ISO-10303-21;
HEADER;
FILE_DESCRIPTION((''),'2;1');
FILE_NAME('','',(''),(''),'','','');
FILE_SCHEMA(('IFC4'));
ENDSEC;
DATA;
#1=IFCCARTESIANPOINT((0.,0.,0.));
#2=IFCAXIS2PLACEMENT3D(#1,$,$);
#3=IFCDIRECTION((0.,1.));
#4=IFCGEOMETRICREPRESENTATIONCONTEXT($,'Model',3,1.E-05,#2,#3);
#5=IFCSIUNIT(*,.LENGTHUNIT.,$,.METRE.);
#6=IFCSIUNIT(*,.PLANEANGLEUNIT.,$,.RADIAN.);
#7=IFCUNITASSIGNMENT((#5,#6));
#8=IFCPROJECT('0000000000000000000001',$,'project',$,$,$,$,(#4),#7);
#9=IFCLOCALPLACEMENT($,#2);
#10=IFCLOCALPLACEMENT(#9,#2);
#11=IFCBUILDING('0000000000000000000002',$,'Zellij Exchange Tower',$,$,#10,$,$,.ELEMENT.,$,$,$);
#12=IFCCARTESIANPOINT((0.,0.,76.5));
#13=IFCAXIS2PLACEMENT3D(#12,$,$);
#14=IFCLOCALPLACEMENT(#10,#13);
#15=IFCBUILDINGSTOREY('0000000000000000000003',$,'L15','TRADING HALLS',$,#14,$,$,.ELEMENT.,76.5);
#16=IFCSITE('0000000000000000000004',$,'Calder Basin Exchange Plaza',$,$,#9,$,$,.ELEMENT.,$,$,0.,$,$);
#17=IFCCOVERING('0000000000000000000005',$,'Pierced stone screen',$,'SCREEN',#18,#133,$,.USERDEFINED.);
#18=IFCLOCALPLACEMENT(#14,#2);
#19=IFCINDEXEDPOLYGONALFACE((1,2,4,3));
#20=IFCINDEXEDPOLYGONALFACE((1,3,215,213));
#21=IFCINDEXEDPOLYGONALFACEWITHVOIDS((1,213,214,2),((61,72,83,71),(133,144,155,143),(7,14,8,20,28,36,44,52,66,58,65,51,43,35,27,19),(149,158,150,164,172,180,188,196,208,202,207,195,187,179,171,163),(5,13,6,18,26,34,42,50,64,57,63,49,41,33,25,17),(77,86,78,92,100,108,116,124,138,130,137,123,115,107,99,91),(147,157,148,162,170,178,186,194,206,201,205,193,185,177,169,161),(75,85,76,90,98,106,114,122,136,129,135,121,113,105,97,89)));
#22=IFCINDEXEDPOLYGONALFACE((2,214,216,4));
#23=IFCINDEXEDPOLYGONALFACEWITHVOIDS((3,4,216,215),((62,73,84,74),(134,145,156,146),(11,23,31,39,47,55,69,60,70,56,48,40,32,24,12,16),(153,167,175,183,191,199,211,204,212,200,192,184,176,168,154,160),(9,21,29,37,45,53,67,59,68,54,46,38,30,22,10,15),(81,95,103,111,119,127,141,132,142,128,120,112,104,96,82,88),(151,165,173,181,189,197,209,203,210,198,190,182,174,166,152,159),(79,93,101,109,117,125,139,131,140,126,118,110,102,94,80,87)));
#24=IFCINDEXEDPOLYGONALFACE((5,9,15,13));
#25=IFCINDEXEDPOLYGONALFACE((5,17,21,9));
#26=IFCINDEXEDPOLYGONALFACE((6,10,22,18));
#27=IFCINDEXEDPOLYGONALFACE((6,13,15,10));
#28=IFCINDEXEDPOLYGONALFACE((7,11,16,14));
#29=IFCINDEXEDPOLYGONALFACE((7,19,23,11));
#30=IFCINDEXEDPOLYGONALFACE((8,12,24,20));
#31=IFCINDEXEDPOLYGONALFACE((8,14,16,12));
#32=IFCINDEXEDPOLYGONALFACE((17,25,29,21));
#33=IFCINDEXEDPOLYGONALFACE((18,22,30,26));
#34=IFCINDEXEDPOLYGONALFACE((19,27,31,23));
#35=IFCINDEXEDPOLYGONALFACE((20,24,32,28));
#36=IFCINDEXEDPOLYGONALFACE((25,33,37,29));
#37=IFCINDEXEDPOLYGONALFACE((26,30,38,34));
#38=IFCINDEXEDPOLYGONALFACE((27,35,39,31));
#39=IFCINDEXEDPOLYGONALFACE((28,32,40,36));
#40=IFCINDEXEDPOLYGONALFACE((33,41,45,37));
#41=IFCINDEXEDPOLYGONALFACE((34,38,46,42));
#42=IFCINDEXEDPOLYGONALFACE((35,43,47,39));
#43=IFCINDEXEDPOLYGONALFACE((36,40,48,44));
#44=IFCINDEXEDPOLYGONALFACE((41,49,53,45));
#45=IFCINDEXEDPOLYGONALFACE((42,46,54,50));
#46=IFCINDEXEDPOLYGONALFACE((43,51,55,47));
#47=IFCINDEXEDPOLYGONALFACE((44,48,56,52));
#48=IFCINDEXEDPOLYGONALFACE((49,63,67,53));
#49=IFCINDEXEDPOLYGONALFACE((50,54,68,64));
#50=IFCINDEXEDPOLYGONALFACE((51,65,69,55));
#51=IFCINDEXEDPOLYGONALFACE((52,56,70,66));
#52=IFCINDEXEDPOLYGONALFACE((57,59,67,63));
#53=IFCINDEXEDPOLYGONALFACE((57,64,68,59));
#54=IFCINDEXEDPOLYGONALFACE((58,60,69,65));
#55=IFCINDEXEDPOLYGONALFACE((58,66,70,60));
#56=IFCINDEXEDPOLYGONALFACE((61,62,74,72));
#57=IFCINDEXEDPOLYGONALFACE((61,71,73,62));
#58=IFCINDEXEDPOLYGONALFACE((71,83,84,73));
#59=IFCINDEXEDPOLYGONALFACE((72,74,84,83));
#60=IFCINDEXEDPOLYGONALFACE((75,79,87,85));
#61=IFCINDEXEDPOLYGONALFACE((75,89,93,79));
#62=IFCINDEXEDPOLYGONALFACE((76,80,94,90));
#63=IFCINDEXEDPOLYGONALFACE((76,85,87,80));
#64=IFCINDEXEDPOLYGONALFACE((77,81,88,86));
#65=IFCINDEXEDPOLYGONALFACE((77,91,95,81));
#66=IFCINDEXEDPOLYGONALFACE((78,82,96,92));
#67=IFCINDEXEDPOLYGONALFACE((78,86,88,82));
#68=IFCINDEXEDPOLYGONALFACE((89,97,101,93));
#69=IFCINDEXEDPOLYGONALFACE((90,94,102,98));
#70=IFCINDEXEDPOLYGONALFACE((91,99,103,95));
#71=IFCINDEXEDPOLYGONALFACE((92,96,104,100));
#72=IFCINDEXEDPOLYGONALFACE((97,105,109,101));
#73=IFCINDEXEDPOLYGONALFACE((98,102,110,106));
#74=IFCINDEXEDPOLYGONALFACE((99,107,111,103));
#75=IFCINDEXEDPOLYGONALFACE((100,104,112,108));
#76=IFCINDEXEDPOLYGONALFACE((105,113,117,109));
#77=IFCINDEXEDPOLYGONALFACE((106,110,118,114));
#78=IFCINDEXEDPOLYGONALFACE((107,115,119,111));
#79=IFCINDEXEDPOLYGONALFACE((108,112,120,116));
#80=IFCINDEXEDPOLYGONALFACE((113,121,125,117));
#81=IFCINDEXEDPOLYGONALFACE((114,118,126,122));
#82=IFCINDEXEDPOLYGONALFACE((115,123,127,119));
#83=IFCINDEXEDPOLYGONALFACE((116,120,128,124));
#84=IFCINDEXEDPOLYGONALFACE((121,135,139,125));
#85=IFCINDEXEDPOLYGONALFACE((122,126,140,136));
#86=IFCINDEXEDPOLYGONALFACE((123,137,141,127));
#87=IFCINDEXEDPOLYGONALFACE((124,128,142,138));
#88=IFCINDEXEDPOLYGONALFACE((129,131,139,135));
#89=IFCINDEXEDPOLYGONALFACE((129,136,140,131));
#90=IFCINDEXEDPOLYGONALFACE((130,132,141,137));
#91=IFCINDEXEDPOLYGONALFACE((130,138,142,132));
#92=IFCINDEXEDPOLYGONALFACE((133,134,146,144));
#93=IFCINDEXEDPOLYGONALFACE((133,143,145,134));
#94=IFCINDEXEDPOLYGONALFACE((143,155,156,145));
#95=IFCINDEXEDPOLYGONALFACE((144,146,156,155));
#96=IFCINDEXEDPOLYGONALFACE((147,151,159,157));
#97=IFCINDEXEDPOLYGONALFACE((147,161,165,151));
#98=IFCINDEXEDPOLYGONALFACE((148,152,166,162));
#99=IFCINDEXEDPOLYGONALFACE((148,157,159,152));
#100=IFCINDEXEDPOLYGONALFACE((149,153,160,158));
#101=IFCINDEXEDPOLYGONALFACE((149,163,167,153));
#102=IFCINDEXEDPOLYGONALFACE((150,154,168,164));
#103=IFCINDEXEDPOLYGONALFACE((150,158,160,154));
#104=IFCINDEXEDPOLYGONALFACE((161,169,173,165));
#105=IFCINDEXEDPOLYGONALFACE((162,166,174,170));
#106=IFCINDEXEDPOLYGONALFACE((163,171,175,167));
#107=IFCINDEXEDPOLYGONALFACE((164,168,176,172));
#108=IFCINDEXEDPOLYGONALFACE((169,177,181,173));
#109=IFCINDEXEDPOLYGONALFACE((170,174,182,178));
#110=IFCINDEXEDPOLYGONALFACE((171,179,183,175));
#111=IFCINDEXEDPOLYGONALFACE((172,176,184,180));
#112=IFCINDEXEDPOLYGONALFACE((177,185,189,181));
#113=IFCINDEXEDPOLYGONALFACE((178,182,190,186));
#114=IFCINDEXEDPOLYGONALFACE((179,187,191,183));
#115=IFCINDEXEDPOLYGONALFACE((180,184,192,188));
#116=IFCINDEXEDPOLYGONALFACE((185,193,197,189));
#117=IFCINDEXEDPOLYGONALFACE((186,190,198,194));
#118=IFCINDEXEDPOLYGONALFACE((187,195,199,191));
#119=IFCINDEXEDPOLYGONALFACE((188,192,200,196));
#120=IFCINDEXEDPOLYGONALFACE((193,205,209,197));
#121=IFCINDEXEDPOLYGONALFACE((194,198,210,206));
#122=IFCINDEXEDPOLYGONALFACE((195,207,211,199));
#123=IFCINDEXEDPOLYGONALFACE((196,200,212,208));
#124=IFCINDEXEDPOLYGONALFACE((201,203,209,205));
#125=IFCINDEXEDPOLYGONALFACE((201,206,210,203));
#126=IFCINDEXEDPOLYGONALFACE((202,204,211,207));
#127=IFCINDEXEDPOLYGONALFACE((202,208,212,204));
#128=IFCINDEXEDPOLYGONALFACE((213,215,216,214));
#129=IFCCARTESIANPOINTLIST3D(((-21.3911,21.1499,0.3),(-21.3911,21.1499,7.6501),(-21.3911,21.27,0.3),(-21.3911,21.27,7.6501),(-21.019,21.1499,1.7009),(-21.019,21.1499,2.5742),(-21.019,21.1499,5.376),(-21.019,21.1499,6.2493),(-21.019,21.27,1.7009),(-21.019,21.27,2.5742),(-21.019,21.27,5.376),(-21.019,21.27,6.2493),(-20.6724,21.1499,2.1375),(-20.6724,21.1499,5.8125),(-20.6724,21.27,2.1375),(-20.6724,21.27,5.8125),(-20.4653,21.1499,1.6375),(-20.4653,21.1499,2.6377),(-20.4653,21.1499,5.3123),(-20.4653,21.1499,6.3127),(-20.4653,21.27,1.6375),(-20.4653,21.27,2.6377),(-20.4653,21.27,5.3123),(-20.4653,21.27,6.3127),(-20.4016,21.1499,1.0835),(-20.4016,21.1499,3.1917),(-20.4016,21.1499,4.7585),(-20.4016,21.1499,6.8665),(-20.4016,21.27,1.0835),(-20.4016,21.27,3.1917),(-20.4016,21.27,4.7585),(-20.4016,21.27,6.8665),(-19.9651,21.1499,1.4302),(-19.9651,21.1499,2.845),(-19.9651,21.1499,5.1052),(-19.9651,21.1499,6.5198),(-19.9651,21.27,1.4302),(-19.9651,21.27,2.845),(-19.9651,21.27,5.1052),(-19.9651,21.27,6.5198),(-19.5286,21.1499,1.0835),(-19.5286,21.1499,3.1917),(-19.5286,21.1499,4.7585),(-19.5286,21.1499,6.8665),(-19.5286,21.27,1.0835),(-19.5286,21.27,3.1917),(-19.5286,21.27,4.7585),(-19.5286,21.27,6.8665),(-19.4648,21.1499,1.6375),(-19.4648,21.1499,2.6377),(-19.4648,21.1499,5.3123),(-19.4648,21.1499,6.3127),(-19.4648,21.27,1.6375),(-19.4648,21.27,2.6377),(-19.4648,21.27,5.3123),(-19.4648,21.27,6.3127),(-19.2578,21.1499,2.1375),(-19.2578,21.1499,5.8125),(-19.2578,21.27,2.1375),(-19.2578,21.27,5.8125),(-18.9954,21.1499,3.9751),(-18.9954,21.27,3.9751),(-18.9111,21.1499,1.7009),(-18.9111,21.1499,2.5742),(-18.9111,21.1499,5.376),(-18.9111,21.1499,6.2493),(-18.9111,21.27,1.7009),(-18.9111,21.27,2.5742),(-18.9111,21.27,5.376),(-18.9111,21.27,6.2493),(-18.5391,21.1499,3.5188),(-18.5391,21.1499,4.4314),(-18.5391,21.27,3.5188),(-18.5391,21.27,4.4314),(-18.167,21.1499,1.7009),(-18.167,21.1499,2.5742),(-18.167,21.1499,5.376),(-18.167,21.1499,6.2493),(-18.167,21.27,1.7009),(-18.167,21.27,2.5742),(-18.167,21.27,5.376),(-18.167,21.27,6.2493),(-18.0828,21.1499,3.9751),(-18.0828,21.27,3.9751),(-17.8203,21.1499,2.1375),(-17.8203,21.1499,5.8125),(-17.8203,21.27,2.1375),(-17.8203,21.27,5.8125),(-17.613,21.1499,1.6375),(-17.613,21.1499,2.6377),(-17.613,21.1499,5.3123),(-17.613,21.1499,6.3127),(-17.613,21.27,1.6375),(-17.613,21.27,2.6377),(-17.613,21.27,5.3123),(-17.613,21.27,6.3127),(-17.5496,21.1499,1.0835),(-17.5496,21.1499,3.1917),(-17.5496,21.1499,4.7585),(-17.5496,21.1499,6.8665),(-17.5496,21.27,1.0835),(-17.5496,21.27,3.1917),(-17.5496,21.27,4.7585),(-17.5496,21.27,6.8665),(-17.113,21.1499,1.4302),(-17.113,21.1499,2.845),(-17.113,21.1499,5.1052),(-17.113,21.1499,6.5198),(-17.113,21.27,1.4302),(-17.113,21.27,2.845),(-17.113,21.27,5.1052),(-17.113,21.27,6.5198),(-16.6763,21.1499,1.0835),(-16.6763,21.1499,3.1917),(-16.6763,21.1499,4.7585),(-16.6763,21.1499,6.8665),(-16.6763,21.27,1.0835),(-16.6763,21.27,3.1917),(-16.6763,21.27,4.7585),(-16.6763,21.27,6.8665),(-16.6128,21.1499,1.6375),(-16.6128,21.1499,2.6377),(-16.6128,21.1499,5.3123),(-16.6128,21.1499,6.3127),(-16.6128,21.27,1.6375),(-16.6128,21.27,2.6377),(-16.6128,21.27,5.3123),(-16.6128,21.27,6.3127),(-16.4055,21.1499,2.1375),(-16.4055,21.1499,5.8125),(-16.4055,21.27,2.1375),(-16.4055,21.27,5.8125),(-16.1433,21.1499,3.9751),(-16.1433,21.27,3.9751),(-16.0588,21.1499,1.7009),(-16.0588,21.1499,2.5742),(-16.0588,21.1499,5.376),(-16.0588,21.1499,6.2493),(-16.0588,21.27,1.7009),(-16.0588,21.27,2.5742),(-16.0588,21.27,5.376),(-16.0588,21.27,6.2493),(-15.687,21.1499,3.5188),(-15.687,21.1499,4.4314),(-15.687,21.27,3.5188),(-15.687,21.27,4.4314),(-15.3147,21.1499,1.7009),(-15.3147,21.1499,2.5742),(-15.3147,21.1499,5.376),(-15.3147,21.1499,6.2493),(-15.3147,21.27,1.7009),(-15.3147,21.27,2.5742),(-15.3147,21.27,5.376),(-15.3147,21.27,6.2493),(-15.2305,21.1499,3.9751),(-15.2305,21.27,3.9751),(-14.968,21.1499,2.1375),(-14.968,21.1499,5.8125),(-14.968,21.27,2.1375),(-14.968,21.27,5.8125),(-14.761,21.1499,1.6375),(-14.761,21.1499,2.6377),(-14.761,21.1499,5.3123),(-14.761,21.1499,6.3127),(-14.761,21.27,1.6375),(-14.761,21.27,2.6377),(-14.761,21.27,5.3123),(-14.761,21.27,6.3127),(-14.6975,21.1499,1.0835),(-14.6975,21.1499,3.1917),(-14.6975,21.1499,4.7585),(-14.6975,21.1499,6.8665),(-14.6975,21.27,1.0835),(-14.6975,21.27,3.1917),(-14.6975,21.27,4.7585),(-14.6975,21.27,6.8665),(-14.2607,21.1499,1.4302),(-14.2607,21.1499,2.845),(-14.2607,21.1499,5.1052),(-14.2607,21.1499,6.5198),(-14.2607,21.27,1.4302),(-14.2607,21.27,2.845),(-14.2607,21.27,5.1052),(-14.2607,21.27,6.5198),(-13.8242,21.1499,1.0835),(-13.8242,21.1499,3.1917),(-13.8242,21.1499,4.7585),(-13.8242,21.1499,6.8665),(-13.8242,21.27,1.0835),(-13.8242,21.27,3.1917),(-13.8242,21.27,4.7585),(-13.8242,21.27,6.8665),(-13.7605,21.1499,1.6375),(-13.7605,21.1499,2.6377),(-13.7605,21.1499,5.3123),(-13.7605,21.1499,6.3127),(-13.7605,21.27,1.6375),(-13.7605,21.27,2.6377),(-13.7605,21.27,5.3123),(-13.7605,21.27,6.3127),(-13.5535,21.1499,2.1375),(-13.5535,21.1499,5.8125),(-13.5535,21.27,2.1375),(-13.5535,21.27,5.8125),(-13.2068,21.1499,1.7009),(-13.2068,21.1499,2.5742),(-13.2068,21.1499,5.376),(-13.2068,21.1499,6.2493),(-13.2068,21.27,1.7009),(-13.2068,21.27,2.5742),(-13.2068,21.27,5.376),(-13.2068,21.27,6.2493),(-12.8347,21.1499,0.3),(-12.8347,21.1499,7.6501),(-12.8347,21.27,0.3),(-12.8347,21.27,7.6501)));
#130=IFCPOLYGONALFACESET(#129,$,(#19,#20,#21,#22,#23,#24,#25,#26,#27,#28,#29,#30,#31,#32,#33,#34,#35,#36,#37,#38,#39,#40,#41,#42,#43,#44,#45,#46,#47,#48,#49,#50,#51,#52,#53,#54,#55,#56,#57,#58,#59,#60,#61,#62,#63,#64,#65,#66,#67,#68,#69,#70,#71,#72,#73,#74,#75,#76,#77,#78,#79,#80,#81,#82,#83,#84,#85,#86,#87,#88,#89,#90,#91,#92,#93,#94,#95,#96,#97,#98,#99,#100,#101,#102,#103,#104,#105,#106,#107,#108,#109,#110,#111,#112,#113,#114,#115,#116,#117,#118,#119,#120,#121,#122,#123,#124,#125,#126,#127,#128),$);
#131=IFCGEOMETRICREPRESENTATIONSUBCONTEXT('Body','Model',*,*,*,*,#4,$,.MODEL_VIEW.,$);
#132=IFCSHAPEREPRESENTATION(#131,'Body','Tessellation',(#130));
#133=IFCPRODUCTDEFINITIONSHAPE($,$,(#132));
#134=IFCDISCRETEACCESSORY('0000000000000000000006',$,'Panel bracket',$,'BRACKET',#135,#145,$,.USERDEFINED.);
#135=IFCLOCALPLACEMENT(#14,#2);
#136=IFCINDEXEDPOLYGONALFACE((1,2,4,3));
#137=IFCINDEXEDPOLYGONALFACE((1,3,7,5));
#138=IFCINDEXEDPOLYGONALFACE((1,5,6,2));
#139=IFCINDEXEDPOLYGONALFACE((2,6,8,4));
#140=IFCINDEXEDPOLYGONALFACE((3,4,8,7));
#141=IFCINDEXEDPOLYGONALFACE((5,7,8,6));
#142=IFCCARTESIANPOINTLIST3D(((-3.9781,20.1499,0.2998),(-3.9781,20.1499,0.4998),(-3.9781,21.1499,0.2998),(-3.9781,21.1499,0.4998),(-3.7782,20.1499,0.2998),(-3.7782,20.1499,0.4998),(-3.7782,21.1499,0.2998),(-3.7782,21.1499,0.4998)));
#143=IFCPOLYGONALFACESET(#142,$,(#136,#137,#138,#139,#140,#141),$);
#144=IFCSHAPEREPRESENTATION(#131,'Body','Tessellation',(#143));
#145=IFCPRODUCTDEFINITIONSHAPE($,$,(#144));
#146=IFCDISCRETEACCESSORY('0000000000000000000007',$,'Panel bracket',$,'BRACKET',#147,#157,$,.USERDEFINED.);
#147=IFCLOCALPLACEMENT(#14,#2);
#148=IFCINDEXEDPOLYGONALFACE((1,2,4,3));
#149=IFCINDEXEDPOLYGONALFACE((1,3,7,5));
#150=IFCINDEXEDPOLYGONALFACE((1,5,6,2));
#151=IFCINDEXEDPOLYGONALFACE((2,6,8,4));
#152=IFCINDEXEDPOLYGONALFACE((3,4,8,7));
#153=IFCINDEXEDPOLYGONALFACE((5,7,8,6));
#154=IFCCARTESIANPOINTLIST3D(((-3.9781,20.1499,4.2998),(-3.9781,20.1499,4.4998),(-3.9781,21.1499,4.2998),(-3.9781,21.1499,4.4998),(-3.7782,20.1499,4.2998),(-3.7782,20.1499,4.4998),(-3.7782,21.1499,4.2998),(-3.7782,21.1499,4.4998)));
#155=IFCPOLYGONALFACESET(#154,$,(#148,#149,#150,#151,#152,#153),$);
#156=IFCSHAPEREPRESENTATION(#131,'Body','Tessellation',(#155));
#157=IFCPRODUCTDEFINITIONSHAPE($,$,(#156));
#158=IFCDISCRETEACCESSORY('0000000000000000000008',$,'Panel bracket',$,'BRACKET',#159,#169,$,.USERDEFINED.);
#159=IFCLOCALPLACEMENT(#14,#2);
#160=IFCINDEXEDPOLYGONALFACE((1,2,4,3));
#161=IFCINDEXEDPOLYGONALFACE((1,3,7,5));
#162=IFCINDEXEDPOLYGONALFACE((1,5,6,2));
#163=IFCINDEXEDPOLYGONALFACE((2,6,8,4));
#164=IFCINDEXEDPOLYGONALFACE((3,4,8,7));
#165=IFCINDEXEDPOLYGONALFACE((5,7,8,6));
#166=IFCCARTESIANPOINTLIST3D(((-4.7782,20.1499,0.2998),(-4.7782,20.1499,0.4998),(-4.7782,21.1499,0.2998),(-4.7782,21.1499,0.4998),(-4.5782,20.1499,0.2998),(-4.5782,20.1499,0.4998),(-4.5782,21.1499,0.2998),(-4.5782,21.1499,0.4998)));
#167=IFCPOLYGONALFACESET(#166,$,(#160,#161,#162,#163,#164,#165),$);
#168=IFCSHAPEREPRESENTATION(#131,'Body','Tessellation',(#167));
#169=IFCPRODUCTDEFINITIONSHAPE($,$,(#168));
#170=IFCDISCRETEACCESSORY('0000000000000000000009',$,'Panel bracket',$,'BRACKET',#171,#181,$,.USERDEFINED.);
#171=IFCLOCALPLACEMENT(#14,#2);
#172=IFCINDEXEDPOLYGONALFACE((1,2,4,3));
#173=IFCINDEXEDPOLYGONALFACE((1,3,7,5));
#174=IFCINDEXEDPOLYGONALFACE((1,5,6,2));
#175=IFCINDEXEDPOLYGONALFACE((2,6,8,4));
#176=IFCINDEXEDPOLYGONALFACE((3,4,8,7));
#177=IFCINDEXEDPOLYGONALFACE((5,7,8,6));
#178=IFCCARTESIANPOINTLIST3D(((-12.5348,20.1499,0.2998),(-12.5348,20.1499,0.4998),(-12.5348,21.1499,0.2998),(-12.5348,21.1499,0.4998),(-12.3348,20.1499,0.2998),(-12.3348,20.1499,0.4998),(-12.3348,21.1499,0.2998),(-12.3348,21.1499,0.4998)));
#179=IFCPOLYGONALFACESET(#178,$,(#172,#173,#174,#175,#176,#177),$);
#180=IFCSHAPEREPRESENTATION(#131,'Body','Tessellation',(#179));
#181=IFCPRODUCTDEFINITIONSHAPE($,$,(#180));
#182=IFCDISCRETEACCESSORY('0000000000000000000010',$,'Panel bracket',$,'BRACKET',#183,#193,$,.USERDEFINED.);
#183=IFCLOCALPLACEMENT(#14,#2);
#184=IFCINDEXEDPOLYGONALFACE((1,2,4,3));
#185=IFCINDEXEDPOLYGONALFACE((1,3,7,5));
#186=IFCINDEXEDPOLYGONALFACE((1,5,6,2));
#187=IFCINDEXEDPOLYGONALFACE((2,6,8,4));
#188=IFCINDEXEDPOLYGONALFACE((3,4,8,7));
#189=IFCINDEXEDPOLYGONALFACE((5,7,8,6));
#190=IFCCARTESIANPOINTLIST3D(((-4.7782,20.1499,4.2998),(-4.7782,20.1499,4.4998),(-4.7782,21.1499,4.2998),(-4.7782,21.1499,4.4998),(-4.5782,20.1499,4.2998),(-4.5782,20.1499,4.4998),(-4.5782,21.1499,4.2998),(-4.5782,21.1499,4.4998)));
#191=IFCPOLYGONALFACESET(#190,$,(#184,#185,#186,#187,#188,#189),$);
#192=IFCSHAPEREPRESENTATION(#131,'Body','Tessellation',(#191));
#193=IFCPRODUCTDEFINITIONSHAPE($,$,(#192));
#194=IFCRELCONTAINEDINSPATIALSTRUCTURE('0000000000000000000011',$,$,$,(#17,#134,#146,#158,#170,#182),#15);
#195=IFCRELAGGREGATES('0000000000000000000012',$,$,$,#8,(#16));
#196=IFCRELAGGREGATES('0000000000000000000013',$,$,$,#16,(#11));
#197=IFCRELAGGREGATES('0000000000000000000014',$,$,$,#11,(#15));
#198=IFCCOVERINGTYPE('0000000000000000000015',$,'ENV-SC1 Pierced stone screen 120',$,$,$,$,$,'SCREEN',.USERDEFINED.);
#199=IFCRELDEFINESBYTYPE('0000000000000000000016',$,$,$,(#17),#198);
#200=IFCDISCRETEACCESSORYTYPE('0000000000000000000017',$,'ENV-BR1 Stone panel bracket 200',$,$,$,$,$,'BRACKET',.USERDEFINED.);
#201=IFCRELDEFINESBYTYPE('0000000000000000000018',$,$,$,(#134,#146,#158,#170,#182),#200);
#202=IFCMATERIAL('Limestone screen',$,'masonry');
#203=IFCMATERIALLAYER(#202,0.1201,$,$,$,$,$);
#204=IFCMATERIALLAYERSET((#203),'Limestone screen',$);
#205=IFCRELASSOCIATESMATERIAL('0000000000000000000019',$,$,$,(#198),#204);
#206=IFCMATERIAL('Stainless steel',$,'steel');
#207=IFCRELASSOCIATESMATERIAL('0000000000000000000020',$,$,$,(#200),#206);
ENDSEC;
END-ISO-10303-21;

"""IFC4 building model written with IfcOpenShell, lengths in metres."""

from ifc_helpers import new_model, si_unit, direction, frame, origin, origin_2d, place, context, subcontext, project, spatial, polyline, rectangle, outline, extrude, material, layer, layer_set, type_object, element, save


model = new_model("IFC4")

# Units and contexts
model_context = context("Model", 3, precision=1e-05, world=origin(), true_north=direction((0.0, 1.0)))
body_context = subcontext(model_context, "Body", "Model", "MODEL_VIEW")
ifc_project = project(units=[si_unit("LENGTHUNIT", "METRE"), si_unit("PLANEANGLEUNIT", "RADIAN")], contexts=[model_context])

# Site, building, storey
site_placement = place(None, origin())
site = spatial("IfcSite", under=ifc_project, at=site_placement, Name="Calder Basin Exchange Plaza", CompositionType="ELEMENT", RefElevation=0.0)
building_placement = place(site_placement, origin())
building = spatial("IfcBuilding", under=site, at=building_placement, Name="Zellij Exchange Tower", CompositionType="ELEMENT")
storey_placement = place(building_placement, frame((0.0, 0.0, 76.5)))
storey = spatial("IfcBuildingStorey", under=building, at=storey_placement, Name="L15", Description="TRADING HALLS", CompositionType="ELEMENT", Elevation=76.5)

# Covering
ifc_material_1 = material(Name="Limestone screen", Category="masonry")
ifc_layer_1 = layer(ifc_material_1, 0.1201)
ifc_layer_set_1 = layer_set([ifc_layer_1], Name="Limestone screen")
covering_type = type_object("IfcCoveringType", Name="ENV-SC1 Pierced stone screen 120", ElementType="SCREEN", PredefinedType="USERDEFINED", material=ifc_layer_set_1)
covering_1_placement = place(storey_placement, frame((-12.8347, 21.21, 0.3), z_axis=(0.0, 0.0, 1.0), x_axis=(-1.0, 0.0, 0.0)))
element("IfcCovering", 1, at=covering_1_placement, inside=storey, type_object=covering_type, Name="Pierced stone screen", ObjectType="SCREEN", PredefinedType="USERDEFINED", context=body_context, shape_type="SweptSolid", body=[
    extrude(outline(polyline([(0.0, 0.0), (8.5564, 0.0), (8.5564, 7.3501), (0.0, 7.3501), (0.0, 0.0)]), holes=[polyline([(2.48, 2.2742), (1.9263, 2.3376), (1.8628, 2.8916), (1.426, 2.5449), (0.9895, 2.8916), (0.9258, 2.3376), (0.3721, 2.2742), (0.7188, 1.8374), (0.3721, 1.4009), (0.9258, 1.3374), (0.9895, 0.7834), (1.426, 1.1301), (1.8628, 0.7834), (1.9263, 1.3374), (2.48, 1.4009), (2.1333, 1.8374), (2.48, 2.2742)]), polyline([(2.48, 5.9492), (1.9263, 6.0127), (1.8628, 6.5664), (1.426, 6.2197), (0.9895, 6.5664), (0.9258, 6.0127), (0.3721, 5.9492), (0.7188, 5.5125), (0.3721, 5.0759), (0.9258, 5.0122), (0.9895, 4.4585), (1.426, 4.8052), (1.8628, 4.4585), (1.9263, 5.0122), (2.48, 5.0759), (2.1333, 5.5125), (2.48, 5.9492)]), polyline([(5.3323, 2.2742), (4.7783, 2.3376), (4.7148, 2.8916), (4.2783, 2.5449), (3.8416, 2.8916), (3.7781, 2.3376), (3.2241, 2.2742), (3.5708, 1.8374), (3.2241, 1.4009), (3.7781, 1.3374), (3.8416, 0.7834), (4.2783, 1.1301), (4.7148, 0.7834), (4.7783, 1.3374), (5.3323, 1.4009), (4.9856, 1.8374), (5.3323, 2.2742)]), polyline([(5.3323, 5.9492), (4.7783, 6.0127), (4.7148, 6.5664), (4.2783, 6.2197), (3.8416, 6.5664), (3.7781, 6.0127), (3.2241, 5.9492), (3.5708, 5.5125), (3.2241, 5.0759), (3.7781, 5.0122), (3.8416, 4.4585), (4.2783, 4.8052), (4.7148, 4.4585), (4.7783, 5.0122), (5.3323, 5.0759), (4.9856, 5.5125), (5.3323, 5.9492)]), polyline([(8.1843, 2.2742), (7.6306, 2.3376), (7.5669, 2.8916), (7.1304, 2.5449), (6.6938, 2.8916), (6.6301, 2.3376), (6.0764, 2.2742), (6.4231, 1.8374), (6.0764, 1.4009), (6.6301, 1.3374), (6.6938, 0.7834), (7.1304, 1.1301), (7.5669, 0.7834), (7.6306, 1.3374), (8.1843, 1.4009), (7.8376, 1.8374), (8.1843, 2.2742)]), polyline([(8.1843, 5.9492), (7.6306, 6.0127), (7.5669, 6.5664), (7.1304, 6.2197), (6.6938, 6.5664), (6.6301, 6.0127), (6.0764, 5.9492), (6.4231, 5.5125), (6.0764, 5.0759), (6.6301, 5.0122), (6.6938, 4.4585), (7.1304, 4.8052), (7.5669, 4.4585), (7.6306, 5.0122), (8.1843, 5.0759), (7.8376, 5.5125), (8.1843, 5.9492)]), polyline([(3.3086, 3.675), (2.8523, 4.1313), (2.3958, 3.675), (2.8523, 3.2188), (3.3086, 3.675)]), polyline([(6.1606, 3.675), (5.7043, 4.1313), (5.248, 3.675), (5.7043, 3.2188), (6.1606, 3.675)])]), frame((0.0, 0.0601, 0.0), z_axis=(0.0, -1.0, 0.0), x_axis=(1.0, 0.0, 0.0)), (0.0, 0.0, 1.0), 0.1201),
])

# Discrete accessories
ifc_material_2 = material(Name="Stainless steel", Category="steel")
discrete_accessory_type = type_object("IfcDiscreteAccessoryType", Name="ENV-BR1 Stone panel bracket 200", ElementType="BRACKET", PredefinedType="USERDEFINED", material=ifc_material_2)
for number, where, z_axis, x_axis, name in (
    (2, (-3.8782, 20.6499, 0.2998), (0.0, 0.0, 1.0), (-1.0, 0.0, 0.0), "Panel bracket"),
    (3, (-3.8782, 20.6499, 4.2998), (0.0, 0.0, 1.0), (-1.0, 0.0, 0.0), "Panel bracket"),
    (4, (-4.6782, 20.6499, 0.2998), (0.0, 0.0, 1.0), (-1.0, 0.0, 0.0), "Panel bracket"),
    (5, (-12.4348, 20.6499, 0.2998), (0.0, 0.0, 1.0), (-1.0, 0.0, 0.0), "Panel bracket"),
    (6, (-4.6782, 20.6499, 4.2998), (0.0, 0.0, 1.0), (-1.0, 0.0, 0.0), "Panel bracket"),
):
    element("IfcDiscreteAccessory", number, at=place(storey_placement, frame(where, z_axis=z_axis, x_axis=x_axis)), inside=storey, type_object=discrete_accessory_type, Name=name, ObjectType="BRACKET", PredefinedType="USERDEFINED", context=body_context, shape_type="SweptSolid", body=[
        extrude(rectangle(XDim=0.2, YDim=1.0, at=origin_2d()), origin(), (0.0, 0.0, 1.0), 0.2),
    ])

save(model, "model.ifc")
